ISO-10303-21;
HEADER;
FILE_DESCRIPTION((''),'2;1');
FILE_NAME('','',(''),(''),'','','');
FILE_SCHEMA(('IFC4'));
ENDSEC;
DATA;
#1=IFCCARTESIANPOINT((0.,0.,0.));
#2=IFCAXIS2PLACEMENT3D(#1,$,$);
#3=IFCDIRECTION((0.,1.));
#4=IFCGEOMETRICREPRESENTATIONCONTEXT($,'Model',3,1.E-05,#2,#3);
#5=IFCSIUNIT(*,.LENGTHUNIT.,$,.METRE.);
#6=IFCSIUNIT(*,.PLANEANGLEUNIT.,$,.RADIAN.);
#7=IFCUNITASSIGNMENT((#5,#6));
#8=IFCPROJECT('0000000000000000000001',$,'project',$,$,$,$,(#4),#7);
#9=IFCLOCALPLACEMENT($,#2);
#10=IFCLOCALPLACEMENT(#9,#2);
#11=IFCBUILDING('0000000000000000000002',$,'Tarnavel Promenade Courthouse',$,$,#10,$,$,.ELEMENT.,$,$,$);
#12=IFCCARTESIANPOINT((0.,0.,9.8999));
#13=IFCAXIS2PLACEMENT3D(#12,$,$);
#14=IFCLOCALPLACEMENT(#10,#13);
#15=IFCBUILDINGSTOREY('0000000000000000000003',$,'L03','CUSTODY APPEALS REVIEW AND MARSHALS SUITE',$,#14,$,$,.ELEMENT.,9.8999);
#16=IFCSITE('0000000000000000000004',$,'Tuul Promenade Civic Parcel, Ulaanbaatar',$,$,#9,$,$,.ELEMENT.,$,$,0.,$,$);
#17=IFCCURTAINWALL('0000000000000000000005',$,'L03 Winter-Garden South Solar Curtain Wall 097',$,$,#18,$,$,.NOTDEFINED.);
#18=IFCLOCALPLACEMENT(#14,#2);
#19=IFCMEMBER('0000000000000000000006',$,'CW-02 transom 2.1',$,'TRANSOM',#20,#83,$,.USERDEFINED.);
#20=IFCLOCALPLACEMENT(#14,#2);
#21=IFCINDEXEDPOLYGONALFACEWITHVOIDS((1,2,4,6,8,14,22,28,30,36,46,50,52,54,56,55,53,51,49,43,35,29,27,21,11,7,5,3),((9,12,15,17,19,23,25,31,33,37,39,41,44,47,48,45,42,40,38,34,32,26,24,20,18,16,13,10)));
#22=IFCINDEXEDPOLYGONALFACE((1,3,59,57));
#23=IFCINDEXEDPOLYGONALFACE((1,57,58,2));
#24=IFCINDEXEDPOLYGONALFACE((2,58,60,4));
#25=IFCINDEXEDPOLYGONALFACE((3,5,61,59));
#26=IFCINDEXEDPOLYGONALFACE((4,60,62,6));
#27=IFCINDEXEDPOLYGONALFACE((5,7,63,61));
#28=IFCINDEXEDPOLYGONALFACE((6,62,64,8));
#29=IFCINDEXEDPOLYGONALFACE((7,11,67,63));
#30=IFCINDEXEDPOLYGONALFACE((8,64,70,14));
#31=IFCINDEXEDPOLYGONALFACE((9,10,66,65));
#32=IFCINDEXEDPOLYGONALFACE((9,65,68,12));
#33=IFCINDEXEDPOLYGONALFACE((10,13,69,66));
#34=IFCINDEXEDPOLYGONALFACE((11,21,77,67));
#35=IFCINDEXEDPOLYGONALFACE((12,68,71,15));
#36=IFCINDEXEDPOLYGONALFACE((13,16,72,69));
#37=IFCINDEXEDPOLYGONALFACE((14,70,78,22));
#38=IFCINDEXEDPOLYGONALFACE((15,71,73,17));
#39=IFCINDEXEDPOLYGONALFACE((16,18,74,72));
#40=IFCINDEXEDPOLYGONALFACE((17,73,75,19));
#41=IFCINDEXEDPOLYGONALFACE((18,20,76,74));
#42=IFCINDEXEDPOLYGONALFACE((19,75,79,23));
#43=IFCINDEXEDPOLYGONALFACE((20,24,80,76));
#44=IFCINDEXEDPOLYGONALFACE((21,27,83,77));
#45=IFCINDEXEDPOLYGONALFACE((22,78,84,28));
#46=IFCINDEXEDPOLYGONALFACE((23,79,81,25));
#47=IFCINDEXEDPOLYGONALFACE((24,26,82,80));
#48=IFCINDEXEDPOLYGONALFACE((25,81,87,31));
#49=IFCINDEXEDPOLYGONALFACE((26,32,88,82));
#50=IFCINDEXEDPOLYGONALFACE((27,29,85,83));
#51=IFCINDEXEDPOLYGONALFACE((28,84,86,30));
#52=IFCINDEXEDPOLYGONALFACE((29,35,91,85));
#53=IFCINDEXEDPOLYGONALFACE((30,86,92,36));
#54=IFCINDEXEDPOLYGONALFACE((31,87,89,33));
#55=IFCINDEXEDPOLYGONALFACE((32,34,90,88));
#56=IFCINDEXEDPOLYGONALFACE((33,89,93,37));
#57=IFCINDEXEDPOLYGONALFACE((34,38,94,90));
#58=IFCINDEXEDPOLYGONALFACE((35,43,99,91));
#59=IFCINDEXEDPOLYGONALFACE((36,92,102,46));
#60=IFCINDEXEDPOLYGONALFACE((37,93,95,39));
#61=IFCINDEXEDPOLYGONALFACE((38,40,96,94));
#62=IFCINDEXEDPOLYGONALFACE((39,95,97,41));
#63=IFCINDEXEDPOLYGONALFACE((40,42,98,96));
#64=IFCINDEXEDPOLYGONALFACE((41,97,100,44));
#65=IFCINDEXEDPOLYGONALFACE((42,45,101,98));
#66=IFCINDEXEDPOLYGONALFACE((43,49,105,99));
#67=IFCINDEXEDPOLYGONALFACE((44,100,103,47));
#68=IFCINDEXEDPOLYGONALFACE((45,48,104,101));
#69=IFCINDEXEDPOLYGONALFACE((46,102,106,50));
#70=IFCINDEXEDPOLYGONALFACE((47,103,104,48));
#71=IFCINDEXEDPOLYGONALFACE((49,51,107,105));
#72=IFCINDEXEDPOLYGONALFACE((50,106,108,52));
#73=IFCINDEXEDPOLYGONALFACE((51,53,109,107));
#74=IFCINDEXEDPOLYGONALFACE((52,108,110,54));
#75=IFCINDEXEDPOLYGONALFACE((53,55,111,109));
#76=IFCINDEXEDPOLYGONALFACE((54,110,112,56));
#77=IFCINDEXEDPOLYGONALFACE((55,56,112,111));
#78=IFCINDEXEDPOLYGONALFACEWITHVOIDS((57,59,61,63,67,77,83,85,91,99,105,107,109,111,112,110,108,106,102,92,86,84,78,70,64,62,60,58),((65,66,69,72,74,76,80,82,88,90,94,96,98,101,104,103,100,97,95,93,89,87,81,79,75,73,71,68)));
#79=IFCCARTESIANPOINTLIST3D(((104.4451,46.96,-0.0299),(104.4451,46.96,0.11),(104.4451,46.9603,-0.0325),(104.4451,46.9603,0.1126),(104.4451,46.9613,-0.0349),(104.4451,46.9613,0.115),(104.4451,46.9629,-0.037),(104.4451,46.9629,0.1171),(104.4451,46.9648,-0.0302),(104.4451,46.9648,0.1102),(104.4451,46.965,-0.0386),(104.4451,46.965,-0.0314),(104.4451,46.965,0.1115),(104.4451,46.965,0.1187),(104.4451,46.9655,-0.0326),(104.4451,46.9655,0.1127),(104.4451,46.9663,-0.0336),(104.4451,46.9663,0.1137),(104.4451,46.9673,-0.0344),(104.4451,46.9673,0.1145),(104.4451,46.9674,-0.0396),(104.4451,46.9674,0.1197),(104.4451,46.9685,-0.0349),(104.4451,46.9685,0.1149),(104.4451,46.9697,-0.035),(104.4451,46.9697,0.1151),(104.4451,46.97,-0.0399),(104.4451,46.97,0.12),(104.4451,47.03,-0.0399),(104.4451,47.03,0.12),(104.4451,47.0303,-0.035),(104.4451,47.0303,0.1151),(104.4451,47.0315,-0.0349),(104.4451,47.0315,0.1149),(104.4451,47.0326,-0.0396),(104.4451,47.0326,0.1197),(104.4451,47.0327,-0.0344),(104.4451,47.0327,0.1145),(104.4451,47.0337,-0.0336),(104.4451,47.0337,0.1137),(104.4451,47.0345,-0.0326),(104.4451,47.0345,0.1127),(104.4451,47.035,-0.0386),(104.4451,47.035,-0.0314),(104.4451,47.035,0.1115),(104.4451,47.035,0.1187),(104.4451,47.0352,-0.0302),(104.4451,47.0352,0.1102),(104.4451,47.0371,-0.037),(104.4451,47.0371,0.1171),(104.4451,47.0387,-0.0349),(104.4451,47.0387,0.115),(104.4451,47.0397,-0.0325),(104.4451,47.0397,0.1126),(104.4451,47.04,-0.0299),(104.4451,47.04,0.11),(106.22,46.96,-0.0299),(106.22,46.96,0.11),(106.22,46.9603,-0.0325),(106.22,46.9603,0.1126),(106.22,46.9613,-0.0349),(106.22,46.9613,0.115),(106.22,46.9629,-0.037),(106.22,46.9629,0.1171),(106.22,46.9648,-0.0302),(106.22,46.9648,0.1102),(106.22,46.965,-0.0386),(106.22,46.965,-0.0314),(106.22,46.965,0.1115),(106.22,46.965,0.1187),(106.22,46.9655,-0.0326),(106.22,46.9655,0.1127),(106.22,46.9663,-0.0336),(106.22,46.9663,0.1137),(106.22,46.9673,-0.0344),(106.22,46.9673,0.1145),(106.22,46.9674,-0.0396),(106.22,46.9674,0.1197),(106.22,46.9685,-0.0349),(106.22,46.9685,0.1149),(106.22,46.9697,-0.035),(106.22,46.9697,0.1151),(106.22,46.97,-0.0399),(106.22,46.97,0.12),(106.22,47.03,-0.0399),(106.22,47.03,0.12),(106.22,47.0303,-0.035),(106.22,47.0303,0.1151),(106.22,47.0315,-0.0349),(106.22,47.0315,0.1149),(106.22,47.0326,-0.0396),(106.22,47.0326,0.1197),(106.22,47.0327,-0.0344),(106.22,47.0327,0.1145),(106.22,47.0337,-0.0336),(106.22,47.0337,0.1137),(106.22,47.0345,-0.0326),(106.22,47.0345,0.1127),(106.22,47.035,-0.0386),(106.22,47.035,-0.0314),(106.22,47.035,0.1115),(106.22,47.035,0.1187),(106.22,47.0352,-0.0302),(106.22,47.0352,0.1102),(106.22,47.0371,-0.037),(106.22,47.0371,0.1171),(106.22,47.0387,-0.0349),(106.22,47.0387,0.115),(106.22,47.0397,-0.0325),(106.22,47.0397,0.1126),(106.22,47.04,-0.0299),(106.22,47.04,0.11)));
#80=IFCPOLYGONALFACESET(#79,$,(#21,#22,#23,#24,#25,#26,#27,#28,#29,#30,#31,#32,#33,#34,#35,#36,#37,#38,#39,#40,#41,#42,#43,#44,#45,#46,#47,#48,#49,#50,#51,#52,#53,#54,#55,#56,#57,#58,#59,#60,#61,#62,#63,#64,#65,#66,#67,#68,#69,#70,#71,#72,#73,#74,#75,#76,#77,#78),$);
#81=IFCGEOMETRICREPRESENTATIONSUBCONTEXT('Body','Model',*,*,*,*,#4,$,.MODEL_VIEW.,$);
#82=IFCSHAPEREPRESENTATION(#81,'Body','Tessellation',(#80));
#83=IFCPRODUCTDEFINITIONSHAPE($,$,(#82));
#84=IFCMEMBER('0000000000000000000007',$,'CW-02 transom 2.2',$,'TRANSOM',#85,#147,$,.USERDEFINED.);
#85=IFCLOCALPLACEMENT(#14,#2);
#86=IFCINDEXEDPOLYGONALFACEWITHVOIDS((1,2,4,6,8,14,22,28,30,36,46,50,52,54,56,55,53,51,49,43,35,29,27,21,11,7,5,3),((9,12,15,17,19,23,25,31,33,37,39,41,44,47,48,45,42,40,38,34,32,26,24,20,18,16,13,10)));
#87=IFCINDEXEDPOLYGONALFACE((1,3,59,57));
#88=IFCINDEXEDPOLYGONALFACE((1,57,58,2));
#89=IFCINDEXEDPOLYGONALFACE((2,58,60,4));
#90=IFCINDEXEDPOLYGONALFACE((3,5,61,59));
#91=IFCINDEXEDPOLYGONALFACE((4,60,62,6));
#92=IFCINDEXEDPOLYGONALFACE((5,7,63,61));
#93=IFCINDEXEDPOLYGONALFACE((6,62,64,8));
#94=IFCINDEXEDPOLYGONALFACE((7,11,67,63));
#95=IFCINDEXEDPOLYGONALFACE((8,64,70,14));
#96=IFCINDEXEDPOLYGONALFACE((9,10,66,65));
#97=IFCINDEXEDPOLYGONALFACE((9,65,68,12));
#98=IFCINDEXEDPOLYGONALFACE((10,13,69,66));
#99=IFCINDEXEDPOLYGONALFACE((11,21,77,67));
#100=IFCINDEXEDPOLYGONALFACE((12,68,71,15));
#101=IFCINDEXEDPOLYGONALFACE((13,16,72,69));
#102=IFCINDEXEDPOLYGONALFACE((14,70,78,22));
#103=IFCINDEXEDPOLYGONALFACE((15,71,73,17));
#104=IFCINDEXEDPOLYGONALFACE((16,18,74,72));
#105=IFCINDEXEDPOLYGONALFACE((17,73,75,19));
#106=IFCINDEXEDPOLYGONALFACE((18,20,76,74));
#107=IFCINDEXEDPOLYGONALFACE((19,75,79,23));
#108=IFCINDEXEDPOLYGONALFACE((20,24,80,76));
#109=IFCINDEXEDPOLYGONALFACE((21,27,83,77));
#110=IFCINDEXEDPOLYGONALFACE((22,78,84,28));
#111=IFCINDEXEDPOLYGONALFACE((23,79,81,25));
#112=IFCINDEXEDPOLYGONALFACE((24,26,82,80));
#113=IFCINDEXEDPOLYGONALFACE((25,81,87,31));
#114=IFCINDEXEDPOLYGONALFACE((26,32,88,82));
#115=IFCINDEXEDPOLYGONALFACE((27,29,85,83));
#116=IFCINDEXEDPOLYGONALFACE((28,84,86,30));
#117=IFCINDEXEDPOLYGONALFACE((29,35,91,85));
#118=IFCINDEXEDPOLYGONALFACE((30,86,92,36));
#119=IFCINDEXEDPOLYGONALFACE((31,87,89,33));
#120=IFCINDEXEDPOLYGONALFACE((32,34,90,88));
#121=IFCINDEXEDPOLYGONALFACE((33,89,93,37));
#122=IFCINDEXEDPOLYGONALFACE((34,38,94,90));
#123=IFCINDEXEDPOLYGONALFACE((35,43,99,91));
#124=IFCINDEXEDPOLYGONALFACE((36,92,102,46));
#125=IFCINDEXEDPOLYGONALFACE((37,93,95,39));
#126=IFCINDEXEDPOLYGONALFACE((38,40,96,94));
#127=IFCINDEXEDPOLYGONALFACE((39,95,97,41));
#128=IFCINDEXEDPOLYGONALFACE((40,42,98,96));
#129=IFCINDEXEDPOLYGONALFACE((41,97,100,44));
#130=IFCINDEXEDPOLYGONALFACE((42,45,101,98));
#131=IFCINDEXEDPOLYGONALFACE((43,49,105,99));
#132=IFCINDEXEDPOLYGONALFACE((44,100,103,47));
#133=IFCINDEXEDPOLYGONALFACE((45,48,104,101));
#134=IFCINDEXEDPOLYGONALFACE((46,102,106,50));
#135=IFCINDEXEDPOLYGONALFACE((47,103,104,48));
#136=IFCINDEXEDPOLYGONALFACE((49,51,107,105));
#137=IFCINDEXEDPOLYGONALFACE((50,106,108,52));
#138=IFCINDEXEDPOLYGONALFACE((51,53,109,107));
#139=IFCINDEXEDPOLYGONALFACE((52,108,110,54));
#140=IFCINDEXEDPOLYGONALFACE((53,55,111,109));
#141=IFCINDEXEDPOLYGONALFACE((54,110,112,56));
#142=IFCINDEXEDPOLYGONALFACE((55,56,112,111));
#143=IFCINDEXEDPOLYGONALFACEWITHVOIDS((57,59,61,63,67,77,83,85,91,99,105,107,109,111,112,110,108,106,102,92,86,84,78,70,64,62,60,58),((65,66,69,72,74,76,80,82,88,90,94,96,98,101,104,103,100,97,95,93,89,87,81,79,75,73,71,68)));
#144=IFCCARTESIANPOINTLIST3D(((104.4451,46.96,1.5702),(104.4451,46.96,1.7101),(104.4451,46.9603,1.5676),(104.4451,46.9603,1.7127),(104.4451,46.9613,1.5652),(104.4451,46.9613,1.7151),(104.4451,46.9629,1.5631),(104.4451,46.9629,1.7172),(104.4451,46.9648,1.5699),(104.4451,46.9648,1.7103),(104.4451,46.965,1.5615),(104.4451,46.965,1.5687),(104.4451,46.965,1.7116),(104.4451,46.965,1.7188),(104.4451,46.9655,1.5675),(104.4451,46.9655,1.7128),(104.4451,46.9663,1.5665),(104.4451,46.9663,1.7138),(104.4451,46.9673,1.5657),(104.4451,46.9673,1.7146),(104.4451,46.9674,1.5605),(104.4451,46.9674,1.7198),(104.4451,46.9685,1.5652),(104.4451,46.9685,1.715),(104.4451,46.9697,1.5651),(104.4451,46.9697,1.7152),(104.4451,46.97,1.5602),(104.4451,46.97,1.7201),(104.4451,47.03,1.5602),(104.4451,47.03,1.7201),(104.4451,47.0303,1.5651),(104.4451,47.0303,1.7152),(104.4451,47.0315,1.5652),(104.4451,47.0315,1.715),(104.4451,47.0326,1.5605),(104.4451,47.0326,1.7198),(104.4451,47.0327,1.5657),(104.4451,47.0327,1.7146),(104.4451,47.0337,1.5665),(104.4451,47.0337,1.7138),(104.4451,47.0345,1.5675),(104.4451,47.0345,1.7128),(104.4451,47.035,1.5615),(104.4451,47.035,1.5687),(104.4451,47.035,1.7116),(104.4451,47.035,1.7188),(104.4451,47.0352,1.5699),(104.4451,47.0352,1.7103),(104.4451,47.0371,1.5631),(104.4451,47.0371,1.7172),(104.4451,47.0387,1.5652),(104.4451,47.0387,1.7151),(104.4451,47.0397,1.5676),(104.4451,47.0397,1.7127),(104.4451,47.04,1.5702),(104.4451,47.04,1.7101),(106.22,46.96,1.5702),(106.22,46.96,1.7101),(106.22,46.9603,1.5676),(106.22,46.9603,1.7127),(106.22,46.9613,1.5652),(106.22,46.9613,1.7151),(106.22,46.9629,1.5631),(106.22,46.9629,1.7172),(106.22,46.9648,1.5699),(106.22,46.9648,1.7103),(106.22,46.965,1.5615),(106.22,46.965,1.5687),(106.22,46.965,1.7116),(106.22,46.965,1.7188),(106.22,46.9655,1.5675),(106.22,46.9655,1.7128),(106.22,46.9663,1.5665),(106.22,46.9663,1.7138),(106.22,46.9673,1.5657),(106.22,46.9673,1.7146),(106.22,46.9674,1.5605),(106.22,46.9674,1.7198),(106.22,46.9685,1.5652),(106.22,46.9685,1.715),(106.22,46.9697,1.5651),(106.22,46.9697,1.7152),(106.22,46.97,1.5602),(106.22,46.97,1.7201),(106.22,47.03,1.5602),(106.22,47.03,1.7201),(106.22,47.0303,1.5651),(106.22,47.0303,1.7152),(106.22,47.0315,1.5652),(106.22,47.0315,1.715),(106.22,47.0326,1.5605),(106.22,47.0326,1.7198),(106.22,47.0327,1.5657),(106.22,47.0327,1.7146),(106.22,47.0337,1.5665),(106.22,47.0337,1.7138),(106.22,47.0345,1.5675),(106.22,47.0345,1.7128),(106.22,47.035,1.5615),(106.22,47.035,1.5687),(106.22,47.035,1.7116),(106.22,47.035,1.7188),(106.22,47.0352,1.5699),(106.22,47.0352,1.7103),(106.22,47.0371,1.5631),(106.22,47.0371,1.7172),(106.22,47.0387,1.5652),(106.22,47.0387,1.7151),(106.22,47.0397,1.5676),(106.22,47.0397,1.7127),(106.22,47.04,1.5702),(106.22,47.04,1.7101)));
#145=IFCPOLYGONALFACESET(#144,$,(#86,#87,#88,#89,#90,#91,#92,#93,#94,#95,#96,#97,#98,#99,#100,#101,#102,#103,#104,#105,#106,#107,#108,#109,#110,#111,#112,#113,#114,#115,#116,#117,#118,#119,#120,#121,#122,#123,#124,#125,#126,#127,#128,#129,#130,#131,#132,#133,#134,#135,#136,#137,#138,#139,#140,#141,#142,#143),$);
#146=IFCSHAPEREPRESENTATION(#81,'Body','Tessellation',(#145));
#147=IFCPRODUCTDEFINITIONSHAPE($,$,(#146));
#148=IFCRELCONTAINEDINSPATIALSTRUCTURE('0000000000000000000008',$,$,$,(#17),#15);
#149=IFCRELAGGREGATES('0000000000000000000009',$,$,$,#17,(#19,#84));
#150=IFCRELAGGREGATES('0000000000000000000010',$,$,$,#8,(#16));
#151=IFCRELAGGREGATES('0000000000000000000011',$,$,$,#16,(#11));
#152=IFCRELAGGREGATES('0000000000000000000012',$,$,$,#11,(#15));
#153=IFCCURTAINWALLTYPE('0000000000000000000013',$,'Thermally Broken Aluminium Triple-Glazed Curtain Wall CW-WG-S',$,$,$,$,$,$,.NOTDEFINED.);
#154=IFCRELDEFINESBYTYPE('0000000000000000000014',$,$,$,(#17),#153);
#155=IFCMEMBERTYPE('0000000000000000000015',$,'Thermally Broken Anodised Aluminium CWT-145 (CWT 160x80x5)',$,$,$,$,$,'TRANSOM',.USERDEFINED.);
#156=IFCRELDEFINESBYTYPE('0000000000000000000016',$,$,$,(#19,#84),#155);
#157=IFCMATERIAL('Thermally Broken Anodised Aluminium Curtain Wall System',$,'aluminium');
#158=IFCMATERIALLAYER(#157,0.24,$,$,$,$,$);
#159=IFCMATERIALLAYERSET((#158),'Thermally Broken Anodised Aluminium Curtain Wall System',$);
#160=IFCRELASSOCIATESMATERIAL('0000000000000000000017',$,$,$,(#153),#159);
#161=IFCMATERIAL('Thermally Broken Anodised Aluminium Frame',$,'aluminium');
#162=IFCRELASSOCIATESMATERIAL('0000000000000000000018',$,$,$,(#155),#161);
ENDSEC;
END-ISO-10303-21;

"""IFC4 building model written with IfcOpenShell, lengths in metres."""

from ifc_helpers import new_model, si_unit, direction, frame, origin, origin_2d, place, context, subcontext, project, spatial, hollow_rectangle, extrude, material, layer, layer_set, material_profile, profile_set, type_object, element, aggregate, save


model = new_model("IFC4")

# Units and contexts
model_context = context("Model", 3, precision=1e-05, world=origin(), true_north=direction((0.0, 1.0)))
body_context = subcontext(model_context, "Body", "Model", "MODEL_VIEW")
ifc_project = project(units=[si_unit("LENGTHUNIT", "METRE"), si_unit("PLANEANGLEUNIT", "RADIAN")], contexts=[model_context])

# Site, building, storey
site_placement = place(None, origin())
site = spatial("IfcSite", under=ifc_project, at=site_placement, Name="Tuul Promenade Civic Parcel, Ulaanbaatar", CompositionType="ELEMENT", RefElevation=0.0)
building_placement = place(site_placement, origin())
building = spatial("IfcBuilding", under=site, at=building_placement, Name="Tarnavel Promenade Courthouse", CompositionType="ELEMENT")
storey_placement = place(building_placement, frame((0.0, 0.0, 9.8999)))
storey = spatial("IfcBuildingStorey", under=building, at=storey_placement, Name="L03", Description="CUSTODY APPEALS REVIEW AND MARSHALS SUITE", CompositionType="ELEMENT", Elevation=9.8999)

# Curtain wall
ifc_material_1 = material(Name="Thermally Broken Anodised Aluminium Curtain Wall System", Category="aluminium")
ifc_layer_1 = layer(ifc_material_1, 0.24)
ifc_layer_set_1 = layer_set([ifc_layer_1], Name="Thermally Broken Anodised Aluminium Curtain Wall System")
curtain_wall_type = type_object("IfcCurtainWallType", Name="Thermally Broken Aluminium Triple-Glazed Curtain Wall CW-WG-S", PredefinedType="NOTDEFINED", material=ifc_layer_set_1)
curtain_wall_1_placement = place(storey_placement, origin())
curtain_wall_1 = element("IfcCurtainWall", 1, at=curtain_wall_1_placement, inside=storey, type_object=curtain_wall_type, Name="L03 Winter-Garden South Solar Curtain Wall 097", PredefinedType="NOTDEFINED")
ifc_material_2 = material(Name="Thermally Broken Anodised Aluminium Frame", Category="aluminium")

# Members
ifc_material_profile_1 = material_profile(ifc_material_2, hollow_rectangle(XDim=0.0801, YDim=0.1599, WallThickness=0.0049, InnerFilletRadius=0.0049, OuterFilletRadius=0.01, at=origin_2d()), Name="CWT 160x80x5")
ifc_profile_set_1 = profile_set([ifc_material_profile_1], Name="Thermally Broken Anodised Aluminium Frame")
member_type_1 = type_object("IfcMemberType", Name="Thermally Broken Anodised Aluminium CWT-145 (CWT 160x80x5)", ElementType="TRANSOM", PredefinedType="USERDEFINED", material=ifc_profile_set_1)
member_1_placement = place(storey_placement, frame((104.4451, 47.0, 0.04), z_axis=(1.0, 0.0, 0.0), x_axis=(0.0, 1.0, 0.0)))
member_1 = element("IfcMember", 2, at=member_1_placement, type_object=member_type_1, Name="CW-02 transom 2.1", ObjectType="TRANSOM", PredefinedType="USERDEFINED", context=body_context, shape_type="SweptSolid", body=[
    extrude(hollow_rectangle(XDim=0.0801, YDim=0.1599, WallThickness=0.0049, InnerFilletRadius=0.0049, OuterFilletRadius=0.01, at=origin_2d()), origin(), (0.0, 0.0, 1.0), 1.7749),
])
member_2_placement = place(storey_placement, frame((104.4451, 47.0, 1.6401), z_axis=(1.0, 0.0, 0.0), x_axis=(0.0, 1.0, 0.0)))
member_2 = element("IfcMember", 3, at=member_2_placement, type_object=member_type_1, Name="CW-02 transom 2.2", ObjectType="TRANSOM", PredefinedType="USERDEFINED", context=body_context, shape_type="SweptSolid", body=[
    extrude(hollow_rectangle(XDim=0.0801, YDim=0.1599, WallThickness=0.0049, InnerFilletRadius=0.0049, OuterFilletRadius=0.01, at=origin_2d()), origin(), (0.0, 0.0, 1.0), 1.7749),
])

aggregate(curtain_wall_1, [member_1, member_2])

save(model, "model.ifc")
